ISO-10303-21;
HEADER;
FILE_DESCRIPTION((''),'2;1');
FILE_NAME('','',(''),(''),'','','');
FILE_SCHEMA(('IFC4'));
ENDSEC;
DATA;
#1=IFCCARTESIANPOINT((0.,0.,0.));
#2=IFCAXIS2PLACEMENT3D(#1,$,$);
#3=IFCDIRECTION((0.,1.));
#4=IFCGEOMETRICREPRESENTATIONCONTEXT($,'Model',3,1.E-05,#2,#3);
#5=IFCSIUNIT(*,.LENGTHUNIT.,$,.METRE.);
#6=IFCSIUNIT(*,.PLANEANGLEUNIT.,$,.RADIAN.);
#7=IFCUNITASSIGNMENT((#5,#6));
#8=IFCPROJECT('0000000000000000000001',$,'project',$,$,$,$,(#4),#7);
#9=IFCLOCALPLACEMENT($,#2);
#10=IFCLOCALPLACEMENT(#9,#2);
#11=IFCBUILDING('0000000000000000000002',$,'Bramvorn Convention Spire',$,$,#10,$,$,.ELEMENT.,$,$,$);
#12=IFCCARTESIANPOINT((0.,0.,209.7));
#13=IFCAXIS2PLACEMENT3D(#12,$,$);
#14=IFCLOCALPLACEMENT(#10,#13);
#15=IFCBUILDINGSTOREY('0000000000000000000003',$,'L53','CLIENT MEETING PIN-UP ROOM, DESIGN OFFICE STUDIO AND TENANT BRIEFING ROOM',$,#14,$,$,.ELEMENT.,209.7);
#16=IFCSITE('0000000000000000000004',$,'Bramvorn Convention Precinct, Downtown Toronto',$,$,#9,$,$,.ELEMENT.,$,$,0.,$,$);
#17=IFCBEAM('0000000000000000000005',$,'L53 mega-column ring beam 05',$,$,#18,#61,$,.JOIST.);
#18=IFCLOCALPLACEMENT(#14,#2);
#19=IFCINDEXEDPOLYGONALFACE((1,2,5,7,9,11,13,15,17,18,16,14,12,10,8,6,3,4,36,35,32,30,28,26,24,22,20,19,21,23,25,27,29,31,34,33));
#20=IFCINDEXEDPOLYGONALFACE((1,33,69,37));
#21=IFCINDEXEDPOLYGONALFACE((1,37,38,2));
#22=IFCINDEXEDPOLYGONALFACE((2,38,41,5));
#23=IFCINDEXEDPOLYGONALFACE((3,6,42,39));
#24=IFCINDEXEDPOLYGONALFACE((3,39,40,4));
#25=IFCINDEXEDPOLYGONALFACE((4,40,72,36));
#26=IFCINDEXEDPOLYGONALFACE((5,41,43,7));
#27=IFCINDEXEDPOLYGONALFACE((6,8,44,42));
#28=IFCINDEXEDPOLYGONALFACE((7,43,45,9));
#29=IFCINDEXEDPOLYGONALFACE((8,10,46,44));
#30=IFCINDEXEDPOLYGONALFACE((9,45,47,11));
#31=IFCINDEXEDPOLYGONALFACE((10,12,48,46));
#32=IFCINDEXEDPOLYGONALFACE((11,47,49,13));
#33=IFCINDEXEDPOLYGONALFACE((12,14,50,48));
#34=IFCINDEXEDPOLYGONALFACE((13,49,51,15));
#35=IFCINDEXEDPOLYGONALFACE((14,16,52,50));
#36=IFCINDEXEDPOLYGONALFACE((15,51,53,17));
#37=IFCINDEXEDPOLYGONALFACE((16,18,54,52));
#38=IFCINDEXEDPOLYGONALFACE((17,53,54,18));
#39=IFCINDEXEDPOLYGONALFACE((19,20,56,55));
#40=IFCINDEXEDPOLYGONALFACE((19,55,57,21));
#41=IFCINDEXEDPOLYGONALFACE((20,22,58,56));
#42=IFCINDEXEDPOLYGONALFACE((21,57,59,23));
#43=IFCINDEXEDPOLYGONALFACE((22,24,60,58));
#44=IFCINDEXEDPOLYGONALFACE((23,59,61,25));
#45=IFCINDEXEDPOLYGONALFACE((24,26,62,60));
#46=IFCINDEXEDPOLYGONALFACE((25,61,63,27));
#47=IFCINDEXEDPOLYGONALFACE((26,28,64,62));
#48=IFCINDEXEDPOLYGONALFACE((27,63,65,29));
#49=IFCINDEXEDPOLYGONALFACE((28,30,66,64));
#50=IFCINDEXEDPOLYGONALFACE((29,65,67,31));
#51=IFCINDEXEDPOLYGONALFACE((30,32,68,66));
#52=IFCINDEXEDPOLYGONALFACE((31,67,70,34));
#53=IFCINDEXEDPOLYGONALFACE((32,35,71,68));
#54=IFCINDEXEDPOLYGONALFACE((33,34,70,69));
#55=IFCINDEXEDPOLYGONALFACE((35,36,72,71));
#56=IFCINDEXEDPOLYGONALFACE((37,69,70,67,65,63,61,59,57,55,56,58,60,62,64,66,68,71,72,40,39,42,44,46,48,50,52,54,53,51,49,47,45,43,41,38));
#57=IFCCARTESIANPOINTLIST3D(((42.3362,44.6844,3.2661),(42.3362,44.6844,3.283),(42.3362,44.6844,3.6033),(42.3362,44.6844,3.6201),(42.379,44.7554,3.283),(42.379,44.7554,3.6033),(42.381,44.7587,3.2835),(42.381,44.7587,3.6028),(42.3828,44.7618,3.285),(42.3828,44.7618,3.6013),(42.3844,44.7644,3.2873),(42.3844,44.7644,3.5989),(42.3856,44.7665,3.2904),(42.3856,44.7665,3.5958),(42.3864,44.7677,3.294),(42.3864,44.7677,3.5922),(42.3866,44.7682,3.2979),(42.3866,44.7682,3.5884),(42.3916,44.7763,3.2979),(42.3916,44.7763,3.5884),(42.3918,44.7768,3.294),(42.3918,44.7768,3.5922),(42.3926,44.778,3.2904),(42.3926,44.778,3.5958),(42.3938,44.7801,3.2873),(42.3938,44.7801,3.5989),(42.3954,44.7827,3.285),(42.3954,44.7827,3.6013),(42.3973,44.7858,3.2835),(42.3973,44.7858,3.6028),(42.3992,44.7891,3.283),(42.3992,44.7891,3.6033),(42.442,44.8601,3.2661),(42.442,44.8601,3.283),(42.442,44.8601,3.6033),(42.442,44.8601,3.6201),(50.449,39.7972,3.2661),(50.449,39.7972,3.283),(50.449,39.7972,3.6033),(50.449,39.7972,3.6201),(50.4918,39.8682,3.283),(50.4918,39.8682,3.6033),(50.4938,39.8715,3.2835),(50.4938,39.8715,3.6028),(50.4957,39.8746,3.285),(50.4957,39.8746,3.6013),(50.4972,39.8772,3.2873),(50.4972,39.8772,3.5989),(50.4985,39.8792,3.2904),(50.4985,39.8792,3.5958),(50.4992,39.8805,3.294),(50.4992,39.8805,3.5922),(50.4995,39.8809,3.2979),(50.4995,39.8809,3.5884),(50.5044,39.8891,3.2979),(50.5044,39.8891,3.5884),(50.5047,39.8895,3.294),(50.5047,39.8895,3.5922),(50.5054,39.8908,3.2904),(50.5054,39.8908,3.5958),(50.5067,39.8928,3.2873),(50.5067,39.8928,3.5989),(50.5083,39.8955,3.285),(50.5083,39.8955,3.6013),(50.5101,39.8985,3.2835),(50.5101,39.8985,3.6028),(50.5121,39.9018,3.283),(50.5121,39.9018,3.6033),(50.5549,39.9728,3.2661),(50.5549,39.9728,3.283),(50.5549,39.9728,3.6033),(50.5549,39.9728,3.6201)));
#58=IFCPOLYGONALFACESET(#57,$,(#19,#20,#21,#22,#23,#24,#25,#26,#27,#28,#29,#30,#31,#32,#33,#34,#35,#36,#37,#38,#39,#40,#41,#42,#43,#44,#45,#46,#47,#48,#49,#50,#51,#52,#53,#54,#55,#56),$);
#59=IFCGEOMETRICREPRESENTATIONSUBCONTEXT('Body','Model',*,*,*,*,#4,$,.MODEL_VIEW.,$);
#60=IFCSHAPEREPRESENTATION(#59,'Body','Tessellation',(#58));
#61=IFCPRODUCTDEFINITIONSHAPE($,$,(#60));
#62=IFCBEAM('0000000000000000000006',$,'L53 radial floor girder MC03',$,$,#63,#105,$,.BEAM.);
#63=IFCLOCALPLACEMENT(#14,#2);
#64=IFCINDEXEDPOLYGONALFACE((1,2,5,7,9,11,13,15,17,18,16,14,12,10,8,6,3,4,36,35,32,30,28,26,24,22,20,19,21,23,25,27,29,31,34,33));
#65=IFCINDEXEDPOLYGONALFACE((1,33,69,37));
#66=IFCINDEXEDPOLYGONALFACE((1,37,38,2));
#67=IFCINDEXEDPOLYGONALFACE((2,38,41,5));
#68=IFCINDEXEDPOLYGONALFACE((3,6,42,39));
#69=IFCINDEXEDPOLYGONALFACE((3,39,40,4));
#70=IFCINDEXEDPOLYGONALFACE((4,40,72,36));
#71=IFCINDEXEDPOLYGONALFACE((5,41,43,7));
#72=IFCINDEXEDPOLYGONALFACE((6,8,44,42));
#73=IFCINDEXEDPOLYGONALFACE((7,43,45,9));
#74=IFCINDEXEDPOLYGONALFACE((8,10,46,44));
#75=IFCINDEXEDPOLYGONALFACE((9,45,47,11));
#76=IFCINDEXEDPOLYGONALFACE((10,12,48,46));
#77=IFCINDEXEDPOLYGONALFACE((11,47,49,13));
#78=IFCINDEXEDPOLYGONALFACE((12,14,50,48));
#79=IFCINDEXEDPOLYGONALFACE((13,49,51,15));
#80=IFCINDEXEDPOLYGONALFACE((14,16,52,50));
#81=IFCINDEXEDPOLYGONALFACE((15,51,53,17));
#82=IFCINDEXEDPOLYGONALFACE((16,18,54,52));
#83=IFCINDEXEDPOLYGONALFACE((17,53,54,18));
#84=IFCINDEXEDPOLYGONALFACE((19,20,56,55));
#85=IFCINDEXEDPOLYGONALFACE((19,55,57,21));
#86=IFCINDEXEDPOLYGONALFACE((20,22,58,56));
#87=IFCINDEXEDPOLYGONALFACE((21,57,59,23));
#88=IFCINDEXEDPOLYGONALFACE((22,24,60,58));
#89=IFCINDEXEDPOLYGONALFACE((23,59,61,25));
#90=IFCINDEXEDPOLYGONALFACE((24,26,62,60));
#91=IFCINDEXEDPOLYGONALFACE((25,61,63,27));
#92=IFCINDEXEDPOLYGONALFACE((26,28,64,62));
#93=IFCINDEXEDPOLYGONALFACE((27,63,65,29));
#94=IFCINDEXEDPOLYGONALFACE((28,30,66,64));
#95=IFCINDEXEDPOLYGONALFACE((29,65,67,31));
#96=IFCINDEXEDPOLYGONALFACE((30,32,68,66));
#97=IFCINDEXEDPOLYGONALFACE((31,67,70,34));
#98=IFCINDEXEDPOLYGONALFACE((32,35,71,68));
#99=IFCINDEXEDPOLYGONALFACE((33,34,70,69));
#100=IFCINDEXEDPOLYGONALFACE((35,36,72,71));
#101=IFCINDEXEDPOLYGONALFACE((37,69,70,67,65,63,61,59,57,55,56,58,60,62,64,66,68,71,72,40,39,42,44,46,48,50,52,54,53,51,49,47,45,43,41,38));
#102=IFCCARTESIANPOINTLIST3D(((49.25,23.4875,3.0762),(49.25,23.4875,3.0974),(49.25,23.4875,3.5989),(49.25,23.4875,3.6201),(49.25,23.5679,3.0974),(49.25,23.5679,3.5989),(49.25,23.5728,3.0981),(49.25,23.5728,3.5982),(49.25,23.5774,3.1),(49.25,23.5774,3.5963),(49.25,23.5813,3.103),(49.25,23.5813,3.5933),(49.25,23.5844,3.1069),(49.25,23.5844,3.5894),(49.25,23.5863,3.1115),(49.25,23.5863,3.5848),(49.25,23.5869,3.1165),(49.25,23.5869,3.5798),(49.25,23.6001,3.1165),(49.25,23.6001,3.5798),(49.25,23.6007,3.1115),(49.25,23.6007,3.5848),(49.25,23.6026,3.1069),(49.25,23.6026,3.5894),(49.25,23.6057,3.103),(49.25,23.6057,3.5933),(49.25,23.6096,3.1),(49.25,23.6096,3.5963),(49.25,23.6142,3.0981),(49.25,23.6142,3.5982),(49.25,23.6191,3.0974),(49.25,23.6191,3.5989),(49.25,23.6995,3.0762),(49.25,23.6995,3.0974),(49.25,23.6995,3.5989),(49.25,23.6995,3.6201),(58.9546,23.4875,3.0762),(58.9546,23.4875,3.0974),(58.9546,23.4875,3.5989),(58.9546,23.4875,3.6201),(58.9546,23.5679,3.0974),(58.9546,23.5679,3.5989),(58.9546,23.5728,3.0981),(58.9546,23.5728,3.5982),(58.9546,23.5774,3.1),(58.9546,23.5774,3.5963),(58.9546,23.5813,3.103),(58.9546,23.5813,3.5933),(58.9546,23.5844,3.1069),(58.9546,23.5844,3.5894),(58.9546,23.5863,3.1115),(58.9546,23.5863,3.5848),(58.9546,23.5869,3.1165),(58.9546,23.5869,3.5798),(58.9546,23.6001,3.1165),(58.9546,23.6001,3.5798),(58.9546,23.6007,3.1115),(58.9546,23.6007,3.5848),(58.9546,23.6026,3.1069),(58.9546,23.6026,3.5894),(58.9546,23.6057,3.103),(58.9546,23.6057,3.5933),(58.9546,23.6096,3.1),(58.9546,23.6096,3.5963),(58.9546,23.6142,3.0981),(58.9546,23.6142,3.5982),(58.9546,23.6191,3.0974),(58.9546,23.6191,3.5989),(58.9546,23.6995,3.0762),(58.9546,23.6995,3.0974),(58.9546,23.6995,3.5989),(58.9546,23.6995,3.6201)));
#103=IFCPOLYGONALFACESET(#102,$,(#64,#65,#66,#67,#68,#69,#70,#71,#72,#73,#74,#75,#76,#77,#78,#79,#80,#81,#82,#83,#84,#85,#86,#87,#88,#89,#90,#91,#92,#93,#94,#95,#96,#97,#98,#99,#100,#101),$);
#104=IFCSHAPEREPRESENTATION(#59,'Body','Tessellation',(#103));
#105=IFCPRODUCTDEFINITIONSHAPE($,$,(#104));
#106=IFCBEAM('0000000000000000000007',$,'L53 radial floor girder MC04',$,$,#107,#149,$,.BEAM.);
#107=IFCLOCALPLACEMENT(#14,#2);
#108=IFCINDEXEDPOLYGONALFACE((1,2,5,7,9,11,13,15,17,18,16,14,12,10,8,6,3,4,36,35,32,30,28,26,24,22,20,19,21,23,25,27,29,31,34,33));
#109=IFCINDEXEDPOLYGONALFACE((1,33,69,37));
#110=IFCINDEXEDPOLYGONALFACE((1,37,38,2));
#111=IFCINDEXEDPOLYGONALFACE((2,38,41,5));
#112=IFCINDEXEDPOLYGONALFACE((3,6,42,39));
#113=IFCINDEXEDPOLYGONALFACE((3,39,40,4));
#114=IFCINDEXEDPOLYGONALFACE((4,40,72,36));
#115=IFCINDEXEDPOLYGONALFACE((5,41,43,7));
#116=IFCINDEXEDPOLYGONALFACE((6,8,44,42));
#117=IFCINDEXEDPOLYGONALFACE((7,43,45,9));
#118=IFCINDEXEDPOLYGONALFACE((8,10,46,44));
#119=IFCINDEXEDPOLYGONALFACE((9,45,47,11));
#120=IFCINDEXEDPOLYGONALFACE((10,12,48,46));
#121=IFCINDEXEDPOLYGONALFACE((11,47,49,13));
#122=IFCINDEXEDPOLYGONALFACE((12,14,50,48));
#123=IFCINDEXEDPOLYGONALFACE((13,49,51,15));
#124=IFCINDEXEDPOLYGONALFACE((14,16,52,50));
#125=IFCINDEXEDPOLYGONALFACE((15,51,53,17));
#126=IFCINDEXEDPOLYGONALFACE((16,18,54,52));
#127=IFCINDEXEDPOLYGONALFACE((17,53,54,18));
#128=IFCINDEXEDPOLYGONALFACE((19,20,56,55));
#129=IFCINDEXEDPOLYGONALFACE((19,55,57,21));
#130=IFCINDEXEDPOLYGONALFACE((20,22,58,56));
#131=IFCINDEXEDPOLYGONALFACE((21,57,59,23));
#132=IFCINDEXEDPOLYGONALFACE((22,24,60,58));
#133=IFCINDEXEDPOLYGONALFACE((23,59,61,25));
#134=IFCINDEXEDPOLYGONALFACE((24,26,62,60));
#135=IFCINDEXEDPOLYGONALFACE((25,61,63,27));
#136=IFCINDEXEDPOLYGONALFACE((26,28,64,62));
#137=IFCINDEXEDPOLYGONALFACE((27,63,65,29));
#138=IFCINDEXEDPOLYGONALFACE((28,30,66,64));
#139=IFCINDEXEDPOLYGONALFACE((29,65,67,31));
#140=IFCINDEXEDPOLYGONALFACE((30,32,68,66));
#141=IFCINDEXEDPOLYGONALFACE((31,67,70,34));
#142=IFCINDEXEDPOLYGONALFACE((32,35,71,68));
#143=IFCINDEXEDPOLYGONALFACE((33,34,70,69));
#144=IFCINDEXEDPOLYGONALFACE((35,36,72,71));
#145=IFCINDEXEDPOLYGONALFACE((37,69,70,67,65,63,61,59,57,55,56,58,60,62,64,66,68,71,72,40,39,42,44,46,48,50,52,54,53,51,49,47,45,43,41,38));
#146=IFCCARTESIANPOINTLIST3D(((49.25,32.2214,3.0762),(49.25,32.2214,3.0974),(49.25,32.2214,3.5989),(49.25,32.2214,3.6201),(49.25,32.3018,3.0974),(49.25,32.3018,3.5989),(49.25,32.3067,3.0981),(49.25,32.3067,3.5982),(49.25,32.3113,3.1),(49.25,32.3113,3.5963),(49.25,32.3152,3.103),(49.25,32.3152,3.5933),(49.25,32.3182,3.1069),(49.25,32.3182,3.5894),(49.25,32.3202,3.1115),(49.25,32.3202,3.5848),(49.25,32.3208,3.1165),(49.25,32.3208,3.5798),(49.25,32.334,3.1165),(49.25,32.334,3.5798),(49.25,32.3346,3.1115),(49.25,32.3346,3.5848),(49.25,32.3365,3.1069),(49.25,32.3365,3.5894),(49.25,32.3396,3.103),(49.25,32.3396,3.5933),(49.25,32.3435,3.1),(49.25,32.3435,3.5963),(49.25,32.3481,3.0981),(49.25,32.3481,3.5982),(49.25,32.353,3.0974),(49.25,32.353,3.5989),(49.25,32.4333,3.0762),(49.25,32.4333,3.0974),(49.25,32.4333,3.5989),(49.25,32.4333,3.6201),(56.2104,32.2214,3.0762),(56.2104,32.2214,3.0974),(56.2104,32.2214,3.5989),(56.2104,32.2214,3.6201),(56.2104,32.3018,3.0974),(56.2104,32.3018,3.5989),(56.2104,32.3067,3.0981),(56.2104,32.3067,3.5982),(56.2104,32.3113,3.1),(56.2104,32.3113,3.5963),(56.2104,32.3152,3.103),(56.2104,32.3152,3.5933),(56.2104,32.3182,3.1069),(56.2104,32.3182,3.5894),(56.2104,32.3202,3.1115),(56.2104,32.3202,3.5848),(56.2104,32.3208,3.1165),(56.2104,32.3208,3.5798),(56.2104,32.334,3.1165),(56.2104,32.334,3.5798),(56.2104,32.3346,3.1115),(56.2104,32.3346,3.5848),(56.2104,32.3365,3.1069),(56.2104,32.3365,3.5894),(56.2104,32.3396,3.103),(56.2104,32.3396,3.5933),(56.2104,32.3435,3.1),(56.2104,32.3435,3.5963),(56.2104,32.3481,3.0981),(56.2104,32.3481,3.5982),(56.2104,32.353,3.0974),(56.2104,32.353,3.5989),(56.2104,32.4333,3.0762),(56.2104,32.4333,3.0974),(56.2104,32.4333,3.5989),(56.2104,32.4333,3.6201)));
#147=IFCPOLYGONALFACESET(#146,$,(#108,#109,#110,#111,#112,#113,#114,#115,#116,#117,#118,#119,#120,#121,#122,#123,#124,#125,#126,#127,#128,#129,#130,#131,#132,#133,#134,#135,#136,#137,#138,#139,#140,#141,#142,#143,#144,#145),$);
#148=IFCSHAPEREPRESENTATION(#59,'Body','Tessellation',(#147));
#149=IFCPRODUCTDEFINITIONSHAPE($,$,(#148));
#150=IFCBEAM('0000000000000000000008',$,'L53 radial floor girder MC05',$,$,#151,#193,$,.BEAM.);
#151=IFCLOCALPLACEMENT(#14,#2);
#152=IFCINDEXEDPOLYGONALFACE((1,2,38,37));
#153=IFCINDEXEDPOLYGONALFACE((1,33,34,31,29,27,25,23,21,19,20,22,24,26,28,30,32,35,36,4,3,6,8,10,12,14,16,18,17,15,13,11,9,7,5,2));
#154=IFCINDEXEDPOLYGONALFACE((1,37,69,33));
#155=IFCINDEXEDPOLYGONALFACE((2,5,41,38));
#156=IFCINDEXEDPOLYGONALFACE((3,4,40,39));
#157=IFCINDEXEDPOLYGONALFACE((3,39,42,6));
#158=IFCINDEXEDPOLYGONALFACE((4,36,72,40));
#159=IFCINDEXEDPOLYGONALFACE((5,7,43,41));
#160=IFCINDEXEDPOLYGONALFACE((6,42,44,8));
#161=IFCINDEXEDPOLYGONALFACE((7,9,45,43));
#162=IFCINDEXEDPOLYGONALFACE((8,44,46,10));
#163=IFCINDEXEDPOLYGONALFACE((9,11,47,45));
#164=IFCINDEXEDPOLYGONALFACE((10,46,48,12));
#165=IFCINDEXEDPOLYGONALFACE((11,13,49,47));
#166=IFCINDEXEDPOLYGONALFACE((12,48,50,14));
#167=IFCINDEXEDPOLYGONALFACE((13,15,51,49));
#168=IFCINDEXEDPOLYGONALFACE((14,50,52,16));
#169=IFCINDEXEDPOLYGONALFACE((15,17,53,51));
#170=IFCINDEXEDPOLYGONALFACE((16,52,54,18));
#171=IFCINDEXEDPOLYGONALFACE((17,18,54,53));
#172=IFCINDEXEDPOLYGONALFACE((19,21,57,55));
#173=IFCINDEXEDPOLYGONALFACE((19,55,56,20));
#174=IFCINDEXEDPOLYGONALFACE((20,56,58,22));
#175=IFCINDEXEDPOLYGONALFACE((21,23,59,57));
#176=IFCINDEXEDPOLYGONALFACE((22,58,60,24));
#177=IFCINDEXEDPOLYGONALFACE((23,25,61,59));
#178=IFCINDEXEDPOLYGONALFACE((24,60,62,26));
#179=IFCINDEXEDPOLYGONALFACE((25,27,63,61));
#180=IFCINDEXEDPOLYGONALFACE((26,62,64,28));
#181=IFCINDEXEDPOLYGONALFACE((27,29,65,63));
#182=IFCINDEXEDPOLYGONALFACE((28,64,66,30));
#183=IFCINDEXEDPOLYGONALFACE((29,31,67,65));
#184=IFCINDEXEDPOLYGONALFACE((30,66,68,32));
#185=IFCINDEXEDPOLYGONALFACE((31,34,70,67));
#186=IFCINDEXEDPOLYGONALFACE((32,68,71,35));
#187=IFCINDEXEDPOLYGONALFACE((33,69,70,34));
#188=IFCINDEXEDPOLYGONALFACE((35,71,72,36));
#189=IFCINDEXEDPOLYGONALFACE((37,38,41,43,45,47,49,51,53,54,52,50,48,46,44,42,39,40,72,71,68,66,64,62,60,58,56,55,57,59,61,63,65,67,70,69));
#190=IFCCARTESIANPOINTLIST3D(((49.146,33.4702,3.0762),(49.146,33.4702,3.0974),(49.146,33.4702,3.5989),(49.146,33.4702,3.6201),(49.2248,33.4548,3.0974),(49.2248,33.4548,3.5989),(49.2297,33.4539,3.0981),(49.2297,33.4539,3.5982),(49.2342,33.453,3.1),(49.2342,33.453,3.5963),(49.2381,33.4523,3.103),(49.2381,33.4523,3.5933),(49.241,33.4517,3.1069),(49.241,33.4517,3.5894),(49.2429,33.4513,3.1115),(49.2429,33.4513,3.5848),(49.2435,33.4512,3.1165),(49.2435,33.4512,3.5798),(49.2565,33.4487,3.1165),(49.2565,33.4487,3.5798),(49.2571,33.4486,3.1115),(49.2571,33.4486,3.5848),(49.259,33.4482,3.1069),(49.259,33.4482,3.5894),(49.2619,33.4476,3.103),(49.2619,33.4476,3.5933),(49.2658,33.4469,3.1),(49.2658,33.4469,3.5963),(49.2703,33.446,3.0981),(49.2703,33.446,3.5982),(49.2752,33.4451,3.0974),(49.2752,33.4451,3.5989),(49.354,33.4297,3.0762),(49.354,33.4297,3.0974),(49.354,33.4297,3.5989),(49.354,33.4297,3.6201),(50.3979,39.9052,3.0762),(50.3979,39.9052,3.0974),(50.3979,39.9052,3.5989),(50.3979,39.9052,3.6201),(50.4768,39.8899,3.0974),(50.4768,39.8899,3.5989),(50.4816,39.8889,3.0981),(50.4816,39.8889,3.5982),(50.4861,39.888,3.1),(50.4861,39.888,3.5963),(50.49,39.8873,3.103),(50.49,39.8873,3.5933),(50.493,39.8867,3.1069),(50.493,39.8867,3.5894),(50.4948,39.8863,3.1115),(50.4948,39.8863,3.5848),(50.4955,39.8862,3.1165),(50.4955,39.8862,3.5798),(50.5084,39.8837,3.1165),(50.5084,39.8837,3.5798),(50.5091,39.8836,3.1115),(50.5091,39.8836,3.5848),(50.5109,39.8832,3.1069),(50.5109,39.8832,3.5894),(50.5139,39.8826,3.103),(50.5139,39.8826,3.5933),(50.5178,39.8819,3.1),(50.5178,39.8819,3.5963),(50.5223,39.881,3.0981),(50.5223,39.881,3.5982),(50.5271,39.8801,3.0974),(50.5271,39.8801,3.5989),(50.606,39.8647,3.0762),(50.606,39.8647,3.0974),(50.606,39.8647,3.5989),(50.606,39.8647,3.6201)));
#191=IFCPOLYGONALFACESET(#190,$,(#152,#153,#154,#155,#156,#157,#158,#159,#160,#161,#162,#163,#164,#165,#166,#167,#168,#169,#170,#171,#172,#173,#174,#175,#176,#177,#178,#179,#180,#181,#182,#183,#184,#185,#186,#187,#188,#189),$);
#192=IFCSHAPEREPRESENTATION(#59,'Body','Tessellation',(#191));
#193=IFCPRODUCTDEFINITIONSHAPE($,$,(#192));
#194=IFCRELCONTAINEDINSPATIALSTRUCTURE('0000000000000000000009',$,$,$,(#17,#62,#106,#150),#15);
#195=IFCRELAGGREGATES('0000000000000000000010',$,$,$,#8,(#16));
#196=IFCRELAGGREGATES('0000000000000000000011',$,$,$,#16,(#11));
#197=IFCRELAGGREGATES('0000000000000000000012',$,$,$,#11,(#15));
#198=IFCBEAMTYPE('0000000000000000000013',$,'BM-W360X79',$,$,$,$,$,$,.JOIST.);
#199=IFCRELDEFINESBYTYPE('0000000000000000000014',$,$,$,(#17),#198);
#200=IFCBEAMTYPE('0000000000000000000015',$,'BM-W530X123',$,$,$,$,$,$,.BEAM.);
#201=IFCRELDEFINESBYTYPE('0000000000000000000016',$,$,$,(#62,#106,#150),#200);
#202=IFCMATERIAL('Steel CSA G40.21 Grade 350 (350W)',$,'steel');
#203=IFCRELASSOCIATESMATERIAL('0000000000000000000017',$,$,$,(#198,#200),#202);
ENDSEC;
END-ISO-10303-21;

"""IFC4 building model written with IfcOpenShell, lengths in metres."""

from ifc_helpers import new_model, si_unit, direction, frame, origin, origin_2d, place, context, subcontext, project, spatial, i_section, extrude, material, material_profile, profile_set, type_object, element, save


model = new_model("IFC4")

# Units and contexts
model_context = context("Model", 3, precision=1e-05, world=origin(), true_north=direction((0.0, 1.0)))
body_context = subcontext(model_context, "Body", "Model", "MODEL_VIEW")
ifc_project = project(units=[si_unit("LENGTHUNIT", "METRE"), si_unit("PLANEANGLEUNIT", "RADIAN")], contexts=[model_context])

# Site, building, storey
site_placement = place(None, origin())
site = spatial("IfcSite", under=ifc_project, at=site_placement, Name="Bramvorn Convention Precinct, Downtown Toronto", CompositionType="ELEMENT", RefElevation=0.0)
building_placement = place(site_placement, origin())
building = spatial("IfcBuilding", under=site, at=building_placement, Name="Bramvorn Convention Spire", CompositionType="ELEMENT")
storey_placement = place(building_placement, frame((0.0, 0.0, 209.7)))
storey = spatial("IfcBuildingStorey", under=building, at=storey_placement, Name="L53", Description="CLIENT MEETING PIN-UP ROOM, DESIGN OFFICE STUDIO AND TENANT BRIEFING ROOM", CompositionType="ELEMENT", Elevation=209.7)

# Shared definitions
ifc_material_1 = material(Name="Steel CSA G40.21 Grade 350 (350W)", Category="steel")

# Beams
ifc_material_profile_1 = material_profile(ifc_material_1, i_section(OverallWidth=0.2051, OverallDepth=0.354, WebThickness=0.0095, FlangeThickness=0.0168, FilletRadius=0.0149, at=origin_2d()))
ifc_profile_set_1 = profile_set([ifc_material_profile_1], Name="Steel CSA G40.21 Grade 350 (350W) - W360X79")
beam_type_1 = type_object("IfcBeamType", Name="BM-W360X79", PredefinedType="JOIST", material=ifc_profile_set_1)
for number, where, z_axis, x_axis, name in (
    (1, (50.502, 39.885, 3.4431), (-0.856582, 0.516011, 0.0), (-0.516011, -0.856582, 0.0), "L53 mega-column ring beam 05"),
):
    element("IfcBeam", number, at=place(storey_placement, frame(where, z_axis=z_axis, x_axis=x_axis)), inside=storey, type_object=beam_type_1, Name=name, PredefinedType="JOIST", context=body_context, shape_type="SweptSolid", body=[
        extrude(i_section(OverallWidth=0.2051, OverallDepth=0.354, WebThickness=0.0095, FlangeThickness=0.0168, FilletRadius=0.0149, at=origin_2d()), origin(), (0.0, 0.0, 1.0), 9.4712),
    ])
ifc_material_profile_2 = material_profile(ifc_material_1, i_section(OverallWidth=0.2119, OverallDepth=0.5439, WebThickness=0.0132, FlangeThickness=0.0212, FilletRadius=0.019, at=origin_2d()))
ifc_profile_set_2 = profile_set([ifc_material_profile_2], Name="Steel CSA G40.21 Grade 350 (350W) - W530X123")
beam_type_2 = type_object("IfcBeamType", Name="BM-W530X123", PredefinedType="BEAM", material=ifc_profile_set_2)
beam_1_placement = place(storey_placement, frame((49.25, 23.5935, 3.3481), z_axis=(1.0, 0.0, 0.0), x_axis=(0.0, 1.0, 0.0)))
element("IfcBeam", 2, at=beam_1_placement, inside=storey, type_object=beam_type_2, Name="L53 radial floor girder MC03", PredefinedType="BEAM", context=body_context, shape_type="SweptSolid", body=[
    extrude(i_section(OverallWidth=0.2119, OverallDepth=0.5439, WebThickness=0.0132, FlangeThickness=0.0212, FilletRadius=0.019, at=origin_2d()), origin(), (0.0, 0.0, 1.0), 9.7046),
])
beam_2_placement = place(storey_placement, frame((49.25, 32.3274, 3.3481), z_axis=(1.0, 0.0, 0.0), x_axis=(0.0, 1.0, 0.0)))
element("IfcBeam", 3, at=beam_2_placement, inside=storey, type_object=beam_type_2, Name="L53 radial floor girder MC04", PredefinedType="BEAM", context=body_context, shape_type="SweptSolid", body=[
    extrude(i_section(OverallWidth=0.2119, OverallDepth=0.5439, WebThickness=0.0132, FlangeThickness=0.0212, FilletRadius=0.019, at=origin_2d()), origin(), (0.0, 0.0, 1.0), 6.9604),
])
beam_3_placement = place(storey_placement, frame((49.25, 33.45, 3.3481), z_axis=(0.190971, 0.981596, 0.0), x_axis=(-0.981596, 0.190971, 0.0)))
element("IfcBeam", 4, at=beam_3_placement, inside=storey, type_object=beam_type_2, Name="L53 radial floor girder MC05", PredefinedType="BEAM", context=body_context, shape_type="SweptSolid", body=[
    extrude(i_section(OverallWidth=0.2119, OverallDepth=0.5439, WebThickness=0.0132, FlangeThickness=0.0212, FilletRadius=0.019, at=origin_2d()), origin(), (0.0, 0.0, 1.0), 6.5557),
])

save(model, "model.ifc")
